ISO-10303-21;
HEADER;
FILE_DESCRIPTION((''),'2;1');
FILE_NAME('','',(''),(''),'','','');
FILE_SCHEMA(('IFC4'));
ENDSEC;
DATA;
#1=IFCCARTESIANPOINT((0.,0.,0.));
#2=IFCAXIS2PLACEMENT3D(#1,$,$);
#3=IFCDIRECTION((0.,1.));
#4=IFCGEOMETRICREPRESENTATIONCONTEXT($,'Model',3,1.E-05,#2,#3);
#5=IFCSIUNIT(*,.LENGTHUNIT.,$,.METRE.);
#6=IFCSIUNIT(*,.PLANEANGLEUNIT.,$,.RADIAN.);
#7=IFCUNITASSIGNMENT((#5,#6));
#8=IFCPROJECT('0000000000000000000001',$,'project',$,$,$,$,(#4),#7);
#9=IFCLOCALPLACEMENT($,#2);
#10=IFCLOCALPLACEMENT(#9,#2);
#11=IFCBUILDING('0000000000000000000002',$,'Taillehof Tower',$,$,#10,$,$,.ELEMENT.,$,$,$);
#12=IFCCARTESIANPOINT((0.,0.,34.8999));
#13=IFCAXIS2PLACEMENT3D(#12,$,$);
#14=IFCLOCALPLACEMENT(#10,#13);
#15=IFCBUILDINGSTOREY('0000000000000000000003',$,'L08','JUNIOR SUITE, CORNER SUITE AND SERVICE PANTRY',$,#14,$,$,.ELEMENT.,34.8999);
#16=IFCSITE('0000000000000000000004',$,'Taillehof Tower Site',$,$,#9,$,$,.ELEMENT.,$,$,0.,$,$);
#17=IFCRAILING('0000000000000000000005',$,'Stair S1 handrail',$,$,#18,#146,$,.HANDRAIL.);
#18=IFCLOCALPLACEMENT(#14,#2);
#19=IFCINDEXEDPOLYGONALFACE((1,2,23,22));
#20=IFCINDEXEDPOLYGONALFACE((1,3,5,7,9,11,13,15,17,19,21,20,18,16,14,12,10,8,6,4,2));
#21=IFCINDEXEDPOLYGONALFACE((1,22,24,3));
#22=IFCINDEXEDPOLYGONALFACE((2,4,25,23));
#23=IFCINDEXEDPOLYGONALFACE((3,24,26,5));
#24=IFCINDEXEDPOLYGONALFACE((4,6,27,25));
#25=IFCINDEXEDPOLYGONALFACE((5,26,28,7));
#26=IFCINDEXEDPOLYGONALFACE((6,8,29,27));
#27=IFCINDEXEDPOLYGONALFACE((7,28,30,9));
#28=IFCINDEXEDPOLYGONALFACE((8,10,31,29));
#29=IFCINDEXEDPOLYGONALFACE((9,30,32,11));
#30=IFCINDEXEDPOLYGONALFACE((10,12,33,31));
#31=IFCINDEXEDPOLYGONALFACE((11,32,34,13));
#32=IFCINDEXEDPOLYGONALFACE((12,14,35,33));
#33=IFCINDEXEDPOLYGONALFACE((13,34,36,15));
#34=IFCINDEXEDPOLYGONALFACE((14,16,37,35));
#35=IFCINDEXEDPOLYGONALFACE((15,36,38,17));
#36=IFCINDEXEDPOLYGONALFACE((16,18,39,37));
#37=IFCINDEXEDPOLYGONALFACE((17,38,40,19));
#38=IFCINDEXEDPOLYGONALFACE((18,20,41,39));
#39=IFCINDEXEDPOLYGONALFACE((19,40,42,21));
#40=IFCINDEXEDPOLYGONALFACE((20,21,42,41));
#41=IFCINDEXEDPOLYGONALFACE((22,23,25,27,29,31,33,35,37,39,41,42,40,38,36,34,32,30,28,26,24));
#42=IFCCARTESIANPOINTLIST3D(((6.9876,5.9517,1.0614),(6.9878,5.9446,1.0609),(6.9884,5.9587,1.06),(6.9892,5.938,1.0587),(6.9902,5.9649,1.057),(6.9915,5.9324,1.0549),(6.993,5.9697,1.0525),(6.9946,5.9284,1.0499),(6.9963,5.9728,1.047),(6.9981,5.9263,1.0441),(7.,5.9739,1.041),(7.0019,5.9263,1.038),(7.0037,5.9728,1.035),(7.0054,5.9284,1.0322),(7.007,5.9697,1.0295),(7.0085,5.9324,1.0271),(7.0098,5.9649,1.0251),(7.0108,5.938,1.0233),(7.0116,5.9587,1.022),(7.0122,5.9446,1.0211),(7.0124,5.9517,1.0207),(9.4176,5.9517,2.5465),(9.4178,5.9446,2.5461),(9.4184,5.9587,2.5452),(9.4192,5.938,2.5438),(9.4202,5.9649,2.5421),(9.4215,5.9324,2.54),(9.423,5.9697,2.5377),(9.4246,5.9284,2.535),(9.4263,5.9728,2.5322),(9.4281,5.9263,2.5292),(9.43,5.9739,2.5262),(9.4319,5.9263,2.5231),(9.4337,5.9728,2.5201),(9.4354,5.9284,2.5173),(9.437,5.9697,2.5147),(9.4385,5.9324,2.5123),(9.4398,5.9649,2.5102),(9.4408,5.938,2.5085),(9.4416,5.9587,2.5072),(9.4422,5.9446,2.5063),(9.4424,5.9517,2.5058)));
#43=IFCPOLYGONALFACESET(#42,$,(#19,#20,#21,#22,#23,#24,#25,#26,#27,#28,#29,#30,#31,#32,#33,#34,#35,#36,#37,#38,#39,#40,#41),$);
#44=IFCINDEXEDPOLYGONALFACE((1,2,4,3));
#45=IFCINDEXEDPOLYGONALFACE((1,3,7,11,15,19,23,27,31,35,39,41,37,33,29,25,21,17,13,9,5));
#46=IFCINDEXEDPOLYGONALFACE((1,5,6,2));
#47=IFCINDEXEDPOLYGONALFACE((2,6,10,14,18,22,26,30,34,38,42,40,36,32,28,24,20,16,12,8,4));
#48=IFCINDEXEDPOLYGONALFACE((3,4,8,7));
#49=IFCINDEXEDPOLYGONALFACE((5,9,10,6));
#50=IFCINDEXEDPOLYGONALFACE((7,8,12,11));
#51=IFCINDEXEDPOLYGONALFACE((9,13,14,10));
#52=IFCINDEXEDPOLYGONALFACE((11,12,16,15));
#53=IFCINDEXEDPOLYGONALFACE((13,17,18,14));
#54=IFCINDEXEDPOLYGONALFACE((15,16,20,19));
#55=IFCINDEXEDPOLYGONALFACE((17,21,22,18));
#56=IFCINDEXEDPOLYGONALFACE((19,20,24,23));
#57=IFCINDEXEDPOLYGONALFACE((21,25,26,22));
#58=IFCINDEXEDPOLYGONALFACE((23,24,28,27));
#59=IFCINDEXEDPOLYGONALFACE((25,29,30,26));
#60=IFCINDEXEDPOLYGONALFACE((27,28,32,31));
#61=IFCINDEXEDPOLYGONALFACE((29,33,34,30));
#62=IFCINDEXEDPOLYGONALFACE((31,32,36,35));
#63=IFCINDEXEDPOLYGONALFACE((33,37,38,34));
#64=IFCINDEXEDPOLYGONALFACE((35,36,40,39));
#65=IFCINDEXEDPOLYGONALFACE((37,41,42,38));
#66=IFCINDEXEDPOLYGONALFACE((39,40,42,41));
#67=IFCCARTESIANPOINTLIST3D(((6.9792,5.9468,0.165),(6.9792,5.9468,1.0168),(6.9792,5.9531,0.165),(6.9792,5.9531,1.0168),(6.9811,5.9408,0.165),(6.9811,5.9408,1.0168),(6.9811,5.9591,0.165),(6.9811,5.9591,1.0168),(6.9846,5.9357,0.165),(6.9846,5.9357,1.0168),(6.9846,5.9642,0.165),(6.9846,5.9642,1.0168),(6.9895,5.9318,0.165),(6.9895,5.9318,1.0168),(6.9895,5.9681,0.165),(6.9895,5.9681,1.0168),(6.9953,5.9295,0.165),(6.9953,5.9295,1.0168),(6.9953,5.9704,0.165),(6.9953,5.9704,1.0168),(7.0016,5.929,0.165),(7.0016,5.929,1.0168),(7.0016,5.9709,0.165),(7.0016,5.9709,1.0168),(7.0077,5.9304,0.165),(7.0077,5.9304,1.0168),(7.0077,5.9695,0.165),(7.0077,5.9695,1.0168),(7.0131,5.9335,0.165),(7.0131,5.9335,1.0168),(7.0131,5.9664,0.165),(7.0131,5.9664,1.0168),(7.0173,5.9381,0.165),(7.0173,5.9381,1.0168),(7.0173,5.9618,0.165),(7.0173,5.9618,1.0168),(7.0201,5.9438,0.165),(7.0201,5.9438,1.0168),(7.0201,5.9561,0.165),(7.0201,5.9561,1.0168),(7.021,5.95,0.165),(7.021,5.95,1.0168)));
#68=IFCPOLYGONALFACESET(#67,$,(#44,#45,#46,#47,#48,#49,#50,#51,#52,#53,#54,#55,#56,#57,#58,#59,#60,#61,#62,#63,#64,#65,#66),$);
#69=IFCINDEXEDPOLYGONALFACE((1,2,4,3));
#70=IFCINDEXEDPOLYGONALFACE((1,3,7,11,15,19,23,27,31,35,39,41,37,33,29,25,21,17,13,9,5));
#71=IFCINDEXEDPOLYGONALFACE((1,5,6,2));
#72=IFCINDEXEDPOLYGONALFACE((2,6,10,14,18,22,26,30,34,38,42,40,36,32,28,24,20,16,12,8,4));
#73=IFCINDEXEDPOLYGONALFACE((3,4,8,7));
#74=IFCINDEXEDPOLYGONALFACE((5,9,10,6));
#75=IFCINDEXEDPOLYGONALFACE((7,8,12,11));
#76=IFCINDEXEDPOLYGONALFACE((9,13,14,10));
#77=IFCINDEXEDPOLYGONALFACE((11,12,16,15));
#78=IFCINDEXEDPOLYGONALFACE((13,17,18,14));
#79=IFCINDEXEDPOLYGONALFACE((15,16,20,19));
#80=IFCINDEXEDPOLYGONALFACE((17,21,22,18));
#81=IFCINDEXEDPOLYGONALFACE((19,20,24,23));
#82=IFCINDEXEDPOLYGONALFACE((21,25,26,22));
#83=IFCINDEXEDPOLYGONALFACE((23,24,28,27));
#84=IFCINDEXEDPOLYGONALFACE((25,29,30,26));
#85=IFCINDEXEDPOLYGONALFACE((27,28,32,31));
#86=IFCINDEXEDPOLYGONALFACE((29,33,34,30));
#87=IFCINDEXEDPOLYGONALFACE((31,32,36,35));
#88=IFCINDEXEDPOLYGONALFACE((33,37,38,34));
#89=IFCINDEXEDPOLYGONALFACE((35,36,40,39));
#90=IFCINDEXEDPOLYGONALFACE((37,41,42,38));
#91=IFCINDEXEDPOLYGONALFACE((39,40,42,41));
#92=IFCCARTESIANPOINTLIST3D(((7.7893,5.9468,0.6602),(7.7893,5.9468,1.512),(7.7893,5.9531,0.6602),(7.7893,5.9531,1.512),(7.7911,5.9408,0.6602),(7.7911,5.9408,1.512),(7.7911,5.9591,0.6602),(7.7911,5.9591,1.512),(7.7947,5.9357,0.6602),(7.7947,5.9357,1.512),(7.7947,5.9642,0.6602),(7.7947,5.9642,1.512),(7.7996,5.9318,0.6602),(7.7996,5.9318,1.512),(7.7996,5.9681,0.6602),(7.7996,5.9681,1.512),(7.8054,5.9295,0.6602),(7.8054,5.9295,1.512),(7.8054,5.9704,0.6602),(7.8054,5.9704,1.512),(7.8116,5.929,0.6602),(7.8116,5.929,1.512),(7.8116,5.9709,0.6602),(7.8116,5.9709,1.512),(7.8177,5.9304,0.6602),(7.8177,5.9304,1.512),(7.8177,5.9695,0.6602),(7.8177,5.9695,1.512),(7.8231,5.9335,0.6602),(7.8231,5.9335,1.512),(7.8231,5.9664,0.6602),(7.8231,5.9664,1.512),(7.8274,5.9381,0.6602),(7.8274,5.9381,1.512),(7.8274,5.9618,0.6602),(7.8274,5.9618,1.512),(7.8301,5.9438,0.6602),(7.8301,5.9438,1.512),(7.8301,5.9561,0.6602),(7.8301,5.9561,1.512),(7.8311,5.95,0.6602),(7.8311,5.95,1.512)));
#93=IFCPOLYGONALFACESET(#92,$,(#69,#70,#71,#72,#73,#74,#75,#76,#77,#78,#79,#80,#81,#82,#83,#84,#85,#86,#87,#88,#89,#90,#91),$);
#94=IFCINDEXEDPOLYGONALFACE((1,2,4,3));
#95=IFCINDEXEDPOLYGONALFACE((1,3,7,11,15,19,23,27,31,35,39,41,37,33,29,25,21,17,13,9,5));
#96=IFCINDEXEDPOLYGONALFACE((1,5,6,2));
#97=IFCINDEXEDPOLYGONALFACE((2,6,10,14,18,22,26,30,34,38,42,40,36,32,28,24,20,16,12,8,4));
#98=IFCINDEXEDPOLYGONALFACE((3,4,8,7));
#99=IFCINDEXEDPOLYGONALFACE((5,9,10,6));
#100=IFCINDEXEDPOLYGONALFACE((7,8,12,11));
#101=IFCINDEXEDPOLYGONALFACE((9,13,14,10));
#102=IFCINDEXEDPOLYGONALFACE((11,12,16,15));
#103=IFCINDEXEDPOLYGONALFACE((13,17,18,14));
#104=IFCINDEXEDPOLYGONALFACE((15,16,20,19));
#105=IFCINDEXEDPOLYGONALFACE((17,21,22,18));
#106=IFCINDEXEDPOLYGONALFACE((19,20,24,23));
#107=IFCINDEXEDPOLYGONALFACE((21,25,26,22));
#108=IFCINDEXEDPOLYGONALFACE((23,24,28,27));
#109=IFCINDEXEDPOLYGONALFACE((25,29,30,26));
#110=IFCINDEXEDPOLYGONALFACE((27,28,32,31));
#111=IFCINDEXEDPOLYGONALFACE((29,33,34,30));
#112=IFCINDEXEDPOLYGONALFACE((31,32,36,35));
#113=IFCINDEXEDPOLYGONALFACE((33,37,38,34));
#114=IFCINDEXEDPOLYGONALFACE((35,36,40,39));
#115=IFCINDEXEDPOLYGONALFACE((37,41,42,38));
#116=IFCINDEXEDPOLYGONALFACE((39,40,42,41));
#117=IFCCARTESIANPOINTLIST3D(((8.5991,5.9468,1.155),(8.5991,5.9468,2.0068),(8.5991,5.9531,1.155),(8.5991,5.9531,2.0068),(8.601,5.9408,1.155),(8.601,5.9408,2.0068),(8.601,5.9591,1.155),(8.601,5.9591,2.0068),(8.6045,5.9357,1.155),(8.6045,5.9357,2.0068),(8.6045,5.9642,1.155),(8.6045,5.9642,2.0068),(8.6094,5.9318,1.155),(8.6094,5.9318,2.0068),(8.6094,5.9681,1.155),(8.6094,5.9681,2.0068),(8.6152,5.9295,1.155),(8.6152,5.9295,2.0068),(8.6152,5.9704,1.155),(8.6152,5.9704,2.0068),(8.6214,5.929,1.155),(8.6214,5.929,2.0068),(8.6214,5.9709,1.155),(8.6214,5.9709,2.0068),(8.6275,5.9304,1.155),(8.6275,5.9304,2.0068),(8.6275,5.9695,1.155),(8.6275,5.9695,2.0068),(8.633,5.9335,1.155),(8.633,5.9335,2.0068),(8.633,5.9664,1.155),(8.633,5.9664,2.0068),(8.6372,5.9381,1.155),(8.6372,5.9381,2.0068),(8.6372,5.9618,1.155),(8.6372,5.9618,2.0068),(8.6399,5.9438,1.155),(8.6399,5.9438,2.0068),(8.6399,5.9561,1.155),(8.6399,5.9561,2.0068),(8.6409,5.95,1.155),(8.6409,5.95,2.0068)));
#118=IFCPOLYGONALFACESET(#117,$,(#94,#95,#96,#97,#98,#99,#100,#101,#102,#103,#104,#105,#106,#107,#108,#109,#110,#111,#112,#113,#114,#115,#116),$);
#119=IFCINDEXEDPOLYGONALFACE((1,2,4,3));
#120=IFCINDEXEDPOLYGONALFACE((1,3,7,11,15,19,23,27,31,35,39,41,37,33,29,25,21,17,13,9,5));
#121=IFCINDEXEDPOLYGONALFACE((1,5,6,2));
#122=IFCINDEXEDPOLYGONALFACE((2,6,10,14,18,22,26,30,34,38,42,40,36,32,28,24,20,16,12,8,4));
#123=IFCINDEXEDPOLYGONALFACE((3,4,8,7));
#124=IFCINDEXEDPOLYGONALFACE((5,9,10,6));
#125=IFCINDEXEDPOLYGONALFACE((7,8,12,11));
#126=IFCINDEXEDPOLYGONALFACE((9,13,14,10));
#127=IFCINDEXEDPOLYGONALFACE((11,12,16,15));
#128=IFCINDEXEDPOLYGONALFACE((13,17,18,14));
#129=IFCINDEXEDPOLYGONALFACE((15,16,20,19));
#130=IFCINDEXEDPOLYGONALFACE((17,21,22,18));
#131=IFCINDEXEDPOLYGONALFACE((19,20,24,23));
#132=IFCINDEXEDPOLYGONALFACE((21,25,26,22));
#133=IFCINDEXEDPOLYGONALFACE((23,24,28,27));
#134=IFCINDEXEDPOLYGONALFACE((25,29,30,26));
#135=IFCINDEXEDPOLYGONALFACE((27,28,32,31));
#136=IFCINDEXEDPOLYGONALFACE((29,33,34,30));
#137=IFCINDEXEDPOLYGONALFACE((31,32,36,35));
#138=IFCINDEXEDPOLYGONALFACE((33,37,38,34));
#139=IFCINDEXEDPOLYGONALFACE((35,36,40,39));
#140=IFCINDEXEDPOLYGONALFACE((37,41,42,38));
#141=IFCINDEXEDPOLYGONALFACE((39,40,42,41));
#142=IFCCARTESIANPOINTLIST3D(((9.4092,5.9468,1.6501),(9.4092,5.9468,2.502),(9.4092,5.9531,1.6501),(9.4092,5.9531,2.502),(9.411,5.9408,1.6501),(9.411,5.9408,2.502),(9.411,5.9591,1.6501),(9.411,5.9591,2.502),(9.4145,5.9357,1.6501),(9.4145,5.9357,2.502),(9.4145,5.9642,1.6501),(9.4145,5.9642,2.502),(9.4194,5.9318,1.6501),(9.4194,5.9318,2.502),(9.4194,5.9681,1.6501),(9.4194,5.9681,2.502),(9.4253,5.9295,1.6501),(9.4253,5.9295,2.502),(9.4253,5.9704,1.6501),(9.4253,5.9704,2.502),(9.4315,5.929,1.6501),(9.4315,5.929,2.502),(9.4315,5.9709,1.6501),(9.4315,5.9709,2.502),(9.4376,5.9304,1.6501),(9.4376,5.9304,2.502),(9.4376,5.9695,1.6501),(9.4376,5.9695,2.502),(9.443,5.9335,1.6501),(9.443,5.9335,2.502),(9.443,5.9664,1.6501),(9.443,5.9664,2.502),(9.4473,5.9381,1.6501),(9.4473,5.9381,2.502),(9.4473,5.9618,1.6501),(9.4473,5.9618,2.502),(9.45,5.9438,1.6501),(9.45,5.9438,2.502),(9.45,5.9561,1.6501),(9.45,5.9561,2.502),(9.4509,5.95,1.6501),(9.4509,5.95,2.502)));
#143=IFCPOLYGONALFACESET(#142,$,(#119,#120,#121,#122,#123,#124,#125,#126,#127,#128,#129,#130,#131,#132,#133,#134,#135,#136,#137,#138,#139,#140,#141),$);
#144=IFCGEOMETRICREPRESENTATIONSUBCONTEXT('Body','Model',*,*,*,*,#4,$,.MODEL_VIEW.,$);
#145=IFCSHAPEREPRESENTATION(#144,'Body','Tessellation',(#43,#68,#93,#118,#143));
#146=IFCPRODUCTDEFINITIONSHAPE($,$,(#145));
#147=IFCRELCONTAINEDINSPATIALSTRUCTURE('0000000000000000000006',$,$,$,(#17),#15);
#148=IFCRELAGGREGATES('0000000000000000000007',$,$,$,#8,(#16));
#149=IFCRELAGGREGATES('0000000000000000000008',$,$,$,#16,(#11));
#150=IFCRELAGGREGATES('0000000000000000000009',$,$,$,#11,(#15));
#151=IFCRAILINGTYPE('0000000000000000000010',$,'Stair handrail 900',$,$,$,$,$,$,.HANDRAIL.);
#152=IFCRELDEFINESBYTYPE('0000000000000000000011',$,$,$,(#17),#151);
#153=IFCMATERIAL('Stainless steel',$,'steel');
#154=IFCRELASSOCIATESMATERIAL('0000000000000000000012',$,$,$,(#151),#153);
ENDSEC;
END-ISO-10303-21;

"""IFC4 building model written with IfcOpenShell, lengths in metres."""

from ifc_helpers import new_model, si_unit, direction, frame, origin, origin_2d, place, context, subcontext, project, spatial, circle, extrude, material, type_object, element, save


model = new_model("IFC4")

# Units and contexts
model_context = context("Model", 3, precision=1e-05, world=origin(), true_north=direction((0.0, 1.0)))
body_context = subcontext(model_context, "Body", "Model", "MODEL_VIEW")
ifc_project = project(units=[si_unit("LENGTHUNIT", "METRE"), si_unit("PLANEANGLEUNIT", "RADIAN")], contexts=[model_context])

# Site, building, storey
site_placement = place(None, origin())
site = spatial("IfcSite", under=ifc_project, at=site_placement, Name="Taillehof Tower Site", CompositionType="ELEMENT", RefElevation=0.0)
building_placement = place(site_placement, origin())
building = spatial("IfcBuilding", under=site, at=building_placement, Name="Taillehof Tower", CompositionType="ELEMENT")
storey_placement = place(building_placement, frame((0.0, 0.0, 34.8999)))
storey = spatial("IfcBuildingStorey", under=building, at=storey_placement, Name="L08", Description="JUNIOR SUITE, CORNER SUITE AND SERVICE PANTRY", CompositionType="ELEMENT", Elevation=34.8999)

# Railing
ifc_material_1 = material(Name="Stainless steel", Category="steel")
railing_type = type_object("IfcRailingType", Name="Stair handrail 900", PredefinedType="HANDRAIL", material=ifc_material_1)
railing_placement = place(storey_placement, frame((7.0, 5.95, 0.165)))
element("IfcRailing", 1, at=railing_placement, inside=storey, type_object=railing_type, Name="Stair S1 handrail", PredefinedType="HANDRAIL", context=body_context, shape_type="SweptSolid", body=[
    extrude(circle(Radius=0.0239, at=origin_2d()), frame((0.0, 0.0, 0.876), z_axis=(0.853259, 0.0, 0.521488), x_axis=(0.0, 1.0, 0.0)), (0.0, 0.0, 1.0), 2.8479),
    extrude(circle(Radius=0.021, at=origin_2d()), origin(), (0.0, 0.0, 1.0), 0.8518),
    extrude(circle(Radius=0.021, at=origin_2d()), frame((0.8101, 0.0, 0.4951)), (0.0, 0.0, 1.0), 0.8518),
    extrude(circle(Radius=0.021, at=origin_2d()), frame((1.6199, 0.0, 0.99)), (0.0, 0.0, 1.0), 0.8518),
    extrude(circle(Radius=0.021, at=origin_2d()), frame((2.4299, 0.0, 1.4851)), (0.0, 0.0, 1.0), 0.8518),
])

save(model, "model.ifc")
